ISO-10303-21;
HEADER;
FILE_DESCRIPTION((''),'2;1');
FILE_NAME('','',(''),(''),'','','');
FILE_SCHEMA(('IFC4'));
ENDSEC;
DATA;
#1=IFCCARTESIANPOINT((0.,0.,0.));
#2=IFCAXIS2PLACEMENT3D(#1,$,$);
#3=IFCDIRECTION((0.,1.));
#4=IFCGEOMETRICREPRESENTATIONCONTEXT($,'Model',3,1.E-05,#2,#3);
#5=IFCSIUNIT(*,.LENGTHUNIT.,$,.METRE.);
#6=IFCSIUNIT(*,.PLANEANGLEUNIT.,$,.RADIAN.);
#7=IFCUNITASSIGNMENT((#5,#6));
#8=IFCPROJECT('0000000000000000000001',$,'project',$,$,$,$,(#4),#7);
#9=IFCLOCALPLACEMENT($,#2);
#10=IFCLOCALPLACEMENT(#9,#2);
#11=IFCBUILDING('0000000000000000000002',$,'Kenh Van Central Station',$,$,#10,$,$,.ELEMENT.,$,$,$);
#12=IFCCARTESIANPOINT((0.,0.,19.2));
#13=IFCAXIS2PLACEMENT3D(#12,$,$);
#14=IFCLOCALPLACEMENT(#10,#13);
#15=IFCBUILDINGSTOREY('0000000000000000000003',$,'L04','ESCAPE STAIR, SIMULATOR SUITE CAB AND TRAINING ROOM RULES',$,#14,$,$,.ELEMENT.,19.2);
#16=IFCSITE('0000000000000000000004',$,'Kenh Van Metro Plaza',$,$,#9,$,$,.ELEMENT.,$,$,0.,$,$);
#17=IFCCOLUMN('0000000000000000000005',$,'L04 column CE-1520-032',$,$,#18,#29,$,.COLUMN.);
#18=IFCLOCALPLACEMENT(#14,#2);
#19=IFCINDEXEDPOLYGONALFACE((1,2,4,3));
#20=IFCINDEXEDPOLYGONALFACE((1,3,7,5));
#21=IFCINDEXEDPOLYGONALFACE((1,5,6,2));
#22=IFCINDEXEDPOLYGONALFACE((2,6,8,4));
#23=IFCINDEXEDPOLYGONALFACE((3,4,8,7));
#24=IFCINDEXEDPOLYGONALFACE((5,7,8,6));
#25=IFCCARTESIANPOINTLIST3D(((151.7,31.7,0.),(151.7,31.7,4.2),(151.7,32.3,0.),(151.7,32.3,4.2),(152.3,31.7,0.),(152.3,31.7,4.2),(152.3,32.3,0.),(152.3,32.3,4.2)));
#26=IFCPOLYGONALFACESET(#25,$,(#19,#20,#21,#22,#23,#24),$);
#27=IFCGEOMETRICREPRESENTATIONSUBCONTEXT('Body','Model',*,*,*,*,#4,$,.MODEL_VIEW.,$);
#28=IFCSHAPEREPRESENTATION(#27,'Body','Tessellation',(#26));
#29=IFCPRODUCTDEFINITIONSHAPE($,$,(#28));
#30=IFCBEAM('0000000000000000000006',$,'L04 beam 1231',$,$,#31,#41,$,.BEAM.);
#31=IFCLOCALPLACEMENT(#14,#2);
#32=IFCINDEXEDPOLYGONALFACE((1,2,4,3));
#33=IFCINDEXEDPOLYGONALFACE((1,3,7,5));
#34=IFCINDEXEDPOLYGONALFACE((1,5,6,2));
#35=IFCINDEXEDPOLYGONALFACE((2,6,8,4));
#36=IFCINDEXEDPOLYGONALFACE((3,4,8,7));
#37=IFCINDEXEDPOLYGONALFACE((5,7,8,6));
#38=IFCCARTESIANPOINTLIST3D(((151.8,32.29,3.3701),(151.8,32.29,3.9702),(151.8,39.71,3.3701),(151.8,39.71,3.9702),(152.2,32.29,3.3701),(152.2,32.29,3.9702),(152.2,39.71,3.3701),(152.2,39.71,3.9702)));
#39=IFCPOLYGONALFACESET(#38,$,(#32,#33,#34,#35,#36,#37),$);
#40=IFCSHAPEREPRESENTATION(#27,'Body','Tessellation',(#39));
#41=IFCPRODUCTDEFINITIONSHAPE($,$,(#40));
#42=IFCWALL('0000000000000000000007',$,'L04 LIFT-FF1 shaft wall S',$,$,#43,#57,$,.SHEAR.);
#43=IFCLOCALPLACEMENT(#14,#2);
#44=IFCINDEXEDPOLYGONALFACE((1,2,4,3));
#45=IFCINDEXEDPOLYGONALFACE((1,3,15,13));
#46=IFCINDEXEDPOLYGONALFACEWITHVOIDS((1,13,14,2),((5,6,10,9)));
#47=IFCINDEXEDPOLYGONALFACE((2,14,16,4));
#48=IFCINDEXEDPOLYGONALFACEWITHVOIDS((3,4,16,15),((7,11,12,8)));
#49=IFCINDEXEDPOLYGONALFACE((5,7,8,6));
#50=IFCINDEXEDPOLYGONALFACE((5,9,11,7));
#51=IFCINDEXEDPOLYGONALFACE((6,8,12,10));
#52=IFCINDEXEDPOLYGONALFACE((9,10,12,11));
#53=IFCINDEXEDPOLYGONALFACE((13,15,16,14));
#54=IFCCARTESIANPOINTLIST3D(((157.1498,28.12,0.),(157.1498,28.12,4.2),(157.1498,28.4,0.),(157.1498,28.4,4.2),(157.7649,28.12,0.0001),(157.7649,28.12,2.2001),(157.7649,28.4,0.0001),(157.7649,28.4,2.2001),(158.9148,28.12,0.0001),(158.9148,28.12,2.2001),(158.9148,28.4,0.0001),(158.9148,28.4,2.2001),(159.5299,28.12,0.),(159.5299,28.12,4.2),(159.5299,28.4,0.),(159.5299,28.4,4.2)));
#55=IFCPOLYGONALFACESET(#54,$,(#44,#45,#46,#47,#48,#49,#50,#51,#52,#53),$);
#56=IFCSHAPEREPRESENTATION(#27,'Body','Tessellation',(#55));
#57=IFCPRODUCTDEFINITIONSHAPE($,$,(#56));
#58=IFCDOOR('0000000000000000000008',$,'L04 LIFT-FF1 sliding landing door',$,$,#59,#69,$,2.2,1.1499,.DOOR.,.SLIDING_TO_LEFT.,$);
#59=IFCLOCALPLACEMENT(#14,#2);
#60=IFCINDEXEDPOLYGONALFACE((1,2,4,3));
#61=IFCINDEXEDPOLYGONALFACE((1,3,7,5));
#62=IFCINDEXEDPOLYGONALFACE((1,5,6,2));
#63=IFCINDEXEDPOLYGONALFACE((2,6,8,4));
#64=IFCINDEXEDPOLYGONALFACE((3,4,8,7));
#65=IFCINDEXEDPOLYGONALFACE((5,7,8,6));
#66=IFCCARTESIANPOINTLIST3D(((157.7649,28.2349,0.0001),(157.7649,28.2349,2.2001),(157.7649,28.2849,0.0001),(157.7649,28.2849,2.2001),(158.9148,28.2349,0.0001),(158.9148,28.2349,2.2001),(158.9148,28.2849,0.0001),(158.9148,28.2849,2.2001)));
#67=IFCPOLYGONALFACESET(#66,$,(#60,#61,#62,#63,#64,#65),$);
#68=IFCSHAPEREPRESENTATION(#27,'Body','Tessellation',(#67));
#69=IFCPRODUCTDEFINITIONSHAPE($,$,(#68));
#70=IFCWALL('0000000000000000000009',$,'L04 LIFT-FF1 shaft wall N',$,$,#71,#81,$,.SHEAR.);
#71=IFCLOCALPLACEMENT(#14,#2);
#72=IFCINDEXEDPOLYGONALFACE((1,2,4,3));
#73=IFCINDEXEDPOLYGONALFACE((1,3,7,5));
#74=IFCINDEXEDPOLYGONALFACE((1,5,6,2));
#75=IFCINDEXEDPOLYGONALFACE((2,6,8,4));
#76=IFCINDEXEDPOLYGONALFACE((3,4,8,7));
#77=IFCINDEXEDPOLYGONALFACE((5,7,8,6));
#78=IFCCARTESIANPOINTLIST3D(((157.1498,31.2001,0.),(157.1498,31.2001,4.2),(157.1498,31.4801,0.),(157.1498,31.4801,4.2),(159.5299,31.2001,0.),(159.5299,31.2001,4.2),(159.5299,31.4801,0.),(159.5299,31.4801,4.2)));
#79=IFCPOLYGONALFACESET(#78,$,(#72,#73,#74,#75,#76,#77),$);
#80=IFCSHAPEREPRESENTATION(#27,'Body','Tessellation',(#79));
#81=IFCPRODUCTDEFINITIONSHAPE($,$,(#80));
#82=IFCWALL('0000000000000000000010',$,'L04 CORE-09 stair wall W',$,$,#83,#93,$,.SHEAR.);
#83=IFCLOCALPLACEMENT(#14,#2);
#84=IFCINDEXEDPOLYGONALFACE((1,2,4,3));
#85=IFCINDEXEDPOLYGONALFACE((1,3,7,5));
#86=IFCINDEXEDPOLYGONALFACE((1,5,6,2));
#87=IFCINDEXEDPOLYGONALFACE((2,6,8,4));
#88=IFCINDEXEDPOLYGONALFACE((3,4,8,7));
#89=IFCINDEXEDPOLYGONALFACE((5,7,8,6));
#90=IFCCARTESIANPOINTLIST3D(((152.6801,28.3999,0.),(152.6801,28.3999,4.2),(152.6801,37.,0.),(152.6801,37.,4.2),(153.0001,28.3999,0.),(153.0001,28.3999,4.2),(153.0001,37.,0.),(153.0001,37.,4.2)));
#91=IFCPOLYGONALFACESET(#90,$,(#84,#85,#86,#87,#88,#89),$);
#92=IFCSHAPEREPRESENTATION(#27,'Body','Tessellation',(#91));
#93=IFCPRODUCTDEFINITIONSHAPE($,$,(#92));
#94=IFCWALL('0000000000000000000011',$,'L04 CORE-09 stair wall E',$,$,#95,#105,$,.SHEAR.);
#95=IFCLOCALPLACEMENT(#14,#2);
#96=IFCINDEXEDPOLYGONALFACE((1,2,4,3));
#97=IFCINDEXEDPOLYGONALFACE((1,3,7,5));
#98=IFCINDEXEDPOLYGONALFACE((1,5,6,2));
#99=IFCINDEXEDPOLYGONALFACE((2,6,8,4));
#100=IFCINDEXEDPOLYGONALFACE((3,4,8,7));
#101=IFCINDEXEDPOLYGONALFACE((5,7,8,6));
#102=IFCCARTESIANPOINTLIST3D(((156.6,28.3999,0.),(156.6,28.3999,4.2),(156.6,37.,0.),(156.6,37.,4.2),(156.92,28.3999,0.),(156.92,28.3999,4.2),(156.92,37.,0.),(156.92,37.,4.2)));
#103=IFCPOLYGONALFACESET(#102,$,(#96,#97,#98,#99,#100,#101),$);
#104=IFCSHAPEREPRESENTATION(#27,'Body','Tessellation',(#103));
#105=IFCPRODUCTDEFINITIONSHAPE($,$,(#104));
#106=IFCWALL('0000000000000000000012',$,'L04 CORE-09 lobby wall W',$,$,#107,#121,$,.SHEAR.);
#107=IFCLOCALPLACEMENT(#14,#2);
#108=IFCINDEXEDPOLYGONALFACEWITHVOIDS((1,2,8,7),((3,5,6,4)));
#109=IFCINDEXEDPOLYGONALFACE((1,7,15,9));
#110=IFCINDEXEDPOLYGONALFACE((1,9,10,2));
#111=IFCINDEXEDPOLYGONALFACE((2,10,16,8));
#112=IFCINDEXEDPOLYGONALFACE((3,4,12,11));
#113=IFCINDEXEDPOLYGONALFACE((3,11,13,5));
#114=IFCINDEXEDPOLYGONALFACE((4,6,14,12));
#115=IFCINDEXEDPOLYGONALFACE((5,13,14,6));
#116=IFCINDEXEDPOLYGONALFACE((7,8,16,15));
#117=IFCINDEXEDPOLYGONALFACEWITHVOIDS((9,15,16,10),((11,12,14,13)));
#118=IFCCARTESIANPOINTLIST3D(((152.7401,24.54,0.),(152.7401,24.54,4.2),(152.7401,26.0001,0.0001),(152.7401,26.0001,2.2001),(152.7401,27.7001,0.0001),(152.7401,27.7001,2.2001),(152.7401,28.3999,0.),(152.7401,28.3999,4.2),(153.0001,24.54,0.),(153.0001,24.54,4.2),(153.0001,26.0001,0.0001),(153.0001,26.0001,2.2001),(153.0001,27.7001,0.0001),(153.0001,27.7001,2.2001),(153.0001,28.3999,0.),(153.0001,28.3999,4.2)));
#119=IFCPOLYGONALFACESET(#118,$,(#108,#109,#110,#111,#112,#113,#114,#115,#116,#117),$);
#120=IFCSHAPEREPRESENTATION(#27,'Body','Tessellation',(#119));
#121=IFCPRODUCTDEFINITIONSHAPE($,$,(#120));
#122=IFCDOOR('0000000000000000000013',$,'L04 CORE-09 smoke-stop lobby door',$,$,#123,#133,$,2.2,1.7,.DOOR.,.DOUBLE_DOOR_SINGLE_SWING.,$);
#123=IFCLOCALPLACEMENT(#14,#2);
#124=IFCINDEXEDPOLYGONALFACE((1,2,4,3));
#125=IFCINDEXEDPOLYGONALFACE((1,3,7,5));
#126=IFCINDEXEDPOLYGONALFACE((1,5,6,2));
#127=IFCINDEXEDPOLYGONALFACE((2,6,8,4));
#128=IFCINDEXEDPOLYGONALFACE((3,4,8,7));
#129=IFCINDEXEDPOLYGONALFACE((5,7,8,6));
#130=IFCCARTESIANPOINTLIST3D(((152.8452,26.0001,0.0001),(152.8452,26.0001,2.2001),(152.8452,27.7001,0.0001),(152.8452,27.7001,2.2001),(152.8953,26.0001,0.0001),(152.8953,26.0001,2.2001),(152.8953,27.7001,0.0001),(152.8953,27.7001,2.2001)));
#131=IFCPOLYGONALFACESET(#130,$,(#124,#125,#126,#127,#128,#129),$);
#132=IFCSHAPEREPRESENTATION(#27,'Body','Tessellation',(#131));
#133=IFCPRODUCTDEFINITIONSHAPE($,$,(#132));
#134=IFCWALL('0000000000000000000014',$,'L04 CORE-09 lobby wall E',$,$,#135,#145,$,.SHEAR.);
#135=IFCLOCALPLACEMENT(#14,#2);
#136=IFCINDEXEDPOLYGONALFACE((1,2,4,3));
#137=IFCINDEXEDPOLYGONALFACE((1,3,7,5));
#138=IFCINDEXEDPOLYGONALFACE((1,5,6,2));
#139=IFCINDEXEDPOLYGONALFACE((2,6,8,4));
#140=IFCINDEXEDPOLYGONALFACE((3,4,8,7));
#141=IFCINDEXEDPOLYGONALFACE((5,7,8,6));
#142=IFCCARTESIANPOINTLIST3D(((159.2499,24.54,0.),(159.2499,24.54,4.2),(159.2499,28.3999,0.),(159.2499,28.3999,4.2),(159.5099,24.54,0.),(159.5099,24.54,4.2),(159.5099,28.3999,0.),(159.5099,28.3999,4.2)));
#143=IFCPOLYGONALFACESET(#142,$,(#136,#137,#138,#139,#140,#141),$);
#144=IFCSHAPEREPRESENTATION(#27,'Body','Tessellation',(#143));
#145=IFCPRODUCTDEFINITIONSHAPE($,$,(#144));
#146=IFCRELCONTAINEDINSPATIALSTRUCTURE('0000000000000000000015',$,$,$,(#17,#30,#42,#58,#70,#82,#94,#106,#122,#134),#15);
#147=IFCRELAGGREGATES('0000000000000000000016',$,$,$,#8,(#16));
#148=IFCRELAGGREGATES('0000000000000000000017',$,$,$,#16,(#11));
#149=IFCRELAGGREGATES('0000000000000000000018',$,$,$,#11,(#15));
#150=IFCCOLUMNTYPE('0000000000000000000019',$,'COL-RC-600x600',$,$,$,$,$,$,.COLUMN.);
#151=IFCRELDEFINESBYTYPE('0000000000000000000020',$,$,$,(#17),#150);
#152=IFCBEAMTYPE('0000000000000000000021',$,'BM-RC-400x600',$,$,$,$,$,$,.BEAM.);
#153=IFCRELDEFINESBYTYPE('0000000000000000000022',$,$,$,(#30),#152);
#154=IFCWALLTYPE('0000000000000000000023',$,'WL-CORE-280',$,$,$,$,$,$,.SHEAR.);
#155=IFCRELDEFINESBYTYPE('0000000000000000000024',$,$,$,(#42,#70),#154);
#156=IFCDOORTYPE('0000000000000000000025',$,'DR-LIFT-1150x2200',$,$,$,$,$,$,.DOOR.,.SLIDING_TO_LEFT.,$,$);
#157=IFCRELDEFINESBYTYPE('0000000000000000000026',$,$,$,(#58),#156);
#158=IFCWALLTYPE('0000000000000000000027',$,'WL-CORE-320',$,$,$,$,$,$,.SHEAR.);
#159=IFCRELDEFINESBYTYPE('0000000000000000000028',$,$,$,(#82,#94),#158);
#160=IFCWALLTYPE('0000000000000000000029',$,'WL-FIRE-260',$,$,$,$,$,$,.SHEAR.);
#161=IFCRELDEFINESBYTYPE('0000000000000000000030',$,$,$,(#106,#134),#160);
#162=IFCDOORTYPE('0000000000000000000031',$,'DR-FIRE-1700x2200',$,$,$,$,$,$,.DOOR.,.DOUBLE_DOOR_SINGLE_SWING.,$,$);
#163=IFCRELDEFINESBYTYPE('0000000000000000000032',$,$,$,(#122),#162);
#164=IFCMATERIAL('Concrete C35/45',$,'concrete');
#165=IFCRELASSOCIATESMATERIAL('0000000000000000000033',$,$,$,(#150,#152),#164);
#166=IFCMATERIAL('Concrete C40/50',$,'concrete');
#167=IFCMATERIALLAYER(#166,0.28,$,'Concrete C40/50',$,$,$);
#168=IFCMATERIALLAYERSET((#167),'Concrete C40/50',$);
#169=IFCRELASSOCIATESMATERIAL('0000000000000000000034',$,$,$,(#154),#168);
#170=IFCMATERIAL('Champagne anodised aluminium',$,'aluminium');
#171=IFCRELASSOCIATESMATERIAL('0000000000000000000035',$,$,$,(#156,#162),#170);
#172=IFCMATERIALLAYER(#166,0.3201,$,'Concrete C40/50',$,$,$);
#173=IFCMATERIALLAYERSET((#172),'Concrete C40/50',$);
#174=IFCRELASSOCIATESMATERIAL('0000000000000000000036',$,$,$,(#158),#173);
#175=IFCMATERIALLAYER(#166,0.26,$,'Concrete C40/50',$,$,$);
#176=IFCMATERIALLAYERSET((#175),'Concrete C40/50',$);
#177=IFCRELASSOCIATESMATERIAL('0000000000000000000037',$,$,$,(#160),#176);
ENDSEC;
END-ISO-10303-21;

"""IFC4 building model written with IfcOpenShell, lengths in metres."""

from ifc_helpers import new_model, si_unit, direction, frame, frame_2d, origin, origin_2d, place, context, subcontext, project, spatial, rectangle, extrude, material, layer, layer_set, material_profile, profile_set, type_object, element, fill, save


model = new_model("IFC4")

# Units and contexts
model_context = context("Model", 3, precision=1e-05, world=origin(), true_north=direction((0.0, 1.0)))
body_context = subcontext(model_context, "Body", "Model", "MODEL_VIEW")
ifc_project = project(units=[si_unit("LENGTHUNIT", "METRE"), si_unit("PLANEANGLEUNIT", "RADIAN")], contexts=[model_context])

# Site, building, storey
site_placement = place(None, origin())
site = spatial("IfcSite", under=ifc_project, at=site_placement, Name="Kenh Van Metro Plaza", CompositionType="ELEMENT", RefElevation=0.0)
building_placement = place(site_placement, origin())
building = spatial("IfcBuilding", under=site, at=building_placement, Name="Kenh Van Central Station", CompositionType="ELEMENT")
storey_placement = place(building_placement, frame((0.0, 0.0, 19.2)))
storey = spatial("IfcBuildingStorey", under=building, at=storey_placement, Name="L04", Description="ESCAPE STAIR, SIMULATOR SUITE CAB AND TRAINING ROOM RULES", CompositionType="ELEMENT", Elevation=19.2)

# Column
ifc_material_1 = material(Name="Concrete C35/45", Category="concrete")
ifc_material_profile_1 = material_profile(ifc_material_1, rectangle(XDim=0.6001, YDim=0.6001, at=origin_2d()), Name="RC 600x600")
ifc_profile_set_1 = profile_set([ifc_material_profile_1], Name="Concrete C35/45")
column_type = type_object("IfcColumnType", Name="COL-RC-600x600", PredefinedType="COLUMN", material=ifc_profile_set_1)
column_placement = place(storey_placement, frame((152.0, 32.0, 0.0), z_axis=(0.0, 0.0, 1.0), x_axis=(1.0, 0.0, 0.0)))
element("IfcColumn", 1, at=column_placement, inside=storey, type_object=column_type, Name="L04 column CE-1520-032", PredefinedType="COLUMN", context=body_context, shape_type="SweptSolid", body=[
    extrude(rectangle(XDim=0.6001, YDim=0.6001, at=origin_2d()), origin(), (0.0, 0.0, 1.0), 4.2),
])

# Beam
ifc_material_profile_2 = material_profile(ifc_material_1, rectangle(XDim=0.3999, YDim=0.6001, at=origin_2d()), Name="RC 400x600")
ifc_profile_set_2 = profile_set([ifc_material_profile_2], Name="Concrete C35/45")
beam_type = type_object("IfcBeamType", Name="BM-RC-400x600", PredefinedType="BEAM", material=ifc_profile_set_2)
beam_placement = place(storey_placement, frame((152.0, 32.29, 3.6702), z_axis=(0.0, 1.0, 0.0), x_axis=(-1.0, 0.0, 0.0)))
element("IfcBeam", 2, at=beam_placement, inside=storey, type_object=beam_type, Name="L04 beam 1231", PredefinedType="BEAM", context=body_context, shape_type="SweptSolid", body=[
    extrude(rectangle(XDim=0.3999, YDim=0.6001, at=origin_2d()), origin(), (0.0, 0.0, 1.0), 7.4199),
])

# Wall, opening, door
ifc_material_2 = material(Name="Concrete C40/50", Category="concrete")
ifc_layer_1 = layer(ifc_material_2, 0.28, Name="Concrete C40/50")
ifc_layer_set_1 = layer_set([ifc_layer_1], Name="Concrete C40/50")
wall_type_1 = type_object("IfcWallType", Name="WL-CORE-280", PredefinedType="SHEAR", material=ifc_layer_set_1)
wall_1_placement = place(storey_placement, frame((157.1499, 28.26, 0.0), z_axis=(0.0, 0.0, 1.0), x_axis=(1.0, 0.0, 0.0)))
wall_1 = element("IfcWall", 3, at=wall_1_placement, inside=storey, type_object=wall_type_1, Name="L04 LIFT-FF1 shaft wall S", PredefinedType="SHEAR", context=body_context, shape_type="SweptSolid", body=[
    extrude(rectangle(XDim=2.3801, YDim=0.28, at=frame_2d((1.1899, 0.0))), origin(), (0.0, 0.0, 1.0), 4.2),
])
opening_1_placement = place(wall_1_placement, frame((0.615, 0.0, 0.0)))
opening_1 = element("IfcOpeningElement", 4, at=opening_1_placement, cuts=wall_1, PredefinedType="OPENING", context=body_context, shape_type="SweptSolid", body=[
    extrude(rectangle(XDim=1.1499, YDim=2.2, at=frame_2d((0.575, 1.1001))), frame((0.0, 0.1499, 0.0), z_axis=(0.0, -1.0, 0.0), x_axis=(1.0, 0.0, 0.0)), (0.0, 0.0, 1.0), 0.3),
])
ifc_material_3 = material(Name="Champagne anodised aluminium", Category="aluminium")
door_type_1 = type_object("IfcDoorType", Name="DR-LIFT-1150x2200", OperationType="SLIDING_TO_LEFT", PredefinedType="DOOR", material=ifc_material_3)
door_1_placement = place(opening_1_placement, origin())
door_1 = element("IfcDoor", 5, at=door_1_placement, inside=storey, type_object=door_type_1, Name="L04 LIFT-FF1 sliding landing door", OperationType="SLIDING_TO_LEFT", OverallHeight=2.2, OverallWidth=1.1499, PredefinedType="DOOR", context=body_context, shape_type="SweptSolid", body=[
    extrude(rectangle(XDim=1.1499, YDim=2.2, at=frame_2d((0.575, 1.1001))), frame((0.0, 0.0249, 0.0), z_axis=(0.0, -1.0, 0.0), x_axis=(1.0, 0.0, 0.0)), (0.0, 0.0, 1.0), 0.05),
])
fill(opening_1, door_1)

# Wall
wall_2_placement = place(storey_placement, frame((157.1499, 31.3401, 0.0), z_axis=(0.0, 0.0, 1.0), x_axis=(1.0, 0.0, 0.0)))
element("IfcWall", 6, at=wall_2_placement, inside=storey, type_object=wall_type_1, Name="L04 LIFT-FF1 shaft wall N", PredefinedType="SHEAR", context=body_context, shape_type="SweptSolid", body=[
    extrude(rectangle(XDim=2.3801, YDim=0.28, at=frame_2d((1.1899, 0.0))), origin(), (0.0, 0.0, 1.0), 4.2),
])

# Shared definitions
ifc_layer_2 = layer(ifc_material_2, 0.3201, Name="Concrete C40/50")
ifc_layer_set_2 = layer_set([ifc_layer_2], Name="Concrete C40/50")
wall_type_2 = type_object("IfcWallType", Name="WL-CORE-320", PredefinedType="SHEAR", material=ifc_layer_set_2)

# Walls
for number, where, z_axis, x_axis, name in (
    (7, (152.8401, 28.3999, 0.0), (0.0, 0.0, 1.0), (0.0, 1.0, 0.0), "L04 CORE-09 stair wall W"),
    (8, (156.76, 28.3999, 0.0), (0.0, 0.0, 1.0), (0.0, 1.0, 0.0), "L04 CORE-09 stair wall E"),
):
    element("IfcWall", number, at=place(storey_placement, frame(where, z_axis=z_axis, x_axis=x_axis)), inside=storey, type_object=wall_type_2, Name=name, PredefinedType="SHEAR", context=body_context, shape_type="SweptSolid", body=[
        extrude(rectangle(XDim=8.6001, YDim=0.3201, at=frame_2d((4.3, 0.0))), origin(), (0.0, 0.0, 1.0), 4.2),
    ])

# Wall, opening, door
ifc_layer_3 = layer(ifc_material_2, 0.26, Name="Concrete C40/50")
ifc_layer_set_3 = layer_set([ifc_layer_3], Name="Concrete C40/50")
wall_type_3 = type_object("IfcWallType", Name="WL-FIRE-260", PredefinedType="SHEAR", material=ifc_layer_set_3)
wall_3_placement = place(storey_placement, frame((152.8701, 24.54, 0.0), z_axis=(0.0, 0.0, 1.0), x_axis=(0.0, 1.0, 0.0)))
wall_3 = element("IfcWall", 9, at=wall_3_placement, inside=storey, type_object=wall_type_3, Name="L04 CORE-09 lobby wall W", PredefinedType="SHEAR", context=body_context, shape_type="SweptSolid", body=[
    extrude(rectangle(XDim=3.8599, YDim=0.26, at=frame_2d((1.9299, 0.0))), origin(), (0.0, 0.0, 1.0), 4.2),
])
opening_2_placement = place(wall_3_placement, frame((1.46, 0.0, 0.0)))
opening_2 = element("IfcOpeningElement", 10, at=opening_2_placement, cuts=wall_3, PredefinedType="OPENING", context=body_context, shape_type="SweptSolid", body=[
    extrude(rectangle(XDim=1.7, YDim=2.2, at=frame_2d((0.8501, 1.1001))), frame((0.0, 0.1399, 0.0), z_axis=(0.0, -1.0, 0.0), x_axis=(1.0, 0.0, 0.0)), (0.0, 0.0, 1.0), 0.28),
])
door_type_2 = type_object("IfcDoorType", Name="DR-FIRE-1700x2200", OperationType="DOUBLE_DOOR_SINGLE_SWING", PredefinedType="DOOR", material=ifc_material_3)
door_2_placement = place(opening_2_placement, origin())
door_2 = element("IfcDoor", 11, at=door_2_placement, inside=storey, type_object=door_type_2, Name="L04 CORE-09 smoke-stop lobby door", OperationType="DOUBLE_DOOR_SINGLE_SWING", OverallHeight=2.2, OverallWidth=1.7, PredefinedType="DOOR", context=body_context, shape_type="SweptSolid", body=[
    extrude(rectangle(XDim=1.7, YDim=2.2, at=frame_2d((0.8501, 1.1001))), frame((0.0, 0.0249, 0.0), z_axis=(0.0, -1.0, 0.0), x_axis=(1.0, 0.0, 0.0)), (0.0, 0.0, 1.0), 0.05),
])
fill(opening_2, door_2)

# Wall
wall_4_placement = place(storey_placement, frame((159.3799, 24.54, 0.0), z_axis=(0.0, 0.0, 1.0), x_axis=(0.0, 1.0, 0.0)))
element("IfcWall", 12, at=wall_4_placement, inside=storey, type_object=wall_type_3, Name="L04 CORE-09 lobby wall E", PredefinedType="SHEAR", context=body_context, shape_type="SweptSolid", body=[
    extrude(rectangle(XDim=3.8599, YDim=0.26, at=frame_2d((1.9299, 0.0))), origin(), (0.0, 0.0, 1.0), 4.2),
])

save(model, "model.ifc")
